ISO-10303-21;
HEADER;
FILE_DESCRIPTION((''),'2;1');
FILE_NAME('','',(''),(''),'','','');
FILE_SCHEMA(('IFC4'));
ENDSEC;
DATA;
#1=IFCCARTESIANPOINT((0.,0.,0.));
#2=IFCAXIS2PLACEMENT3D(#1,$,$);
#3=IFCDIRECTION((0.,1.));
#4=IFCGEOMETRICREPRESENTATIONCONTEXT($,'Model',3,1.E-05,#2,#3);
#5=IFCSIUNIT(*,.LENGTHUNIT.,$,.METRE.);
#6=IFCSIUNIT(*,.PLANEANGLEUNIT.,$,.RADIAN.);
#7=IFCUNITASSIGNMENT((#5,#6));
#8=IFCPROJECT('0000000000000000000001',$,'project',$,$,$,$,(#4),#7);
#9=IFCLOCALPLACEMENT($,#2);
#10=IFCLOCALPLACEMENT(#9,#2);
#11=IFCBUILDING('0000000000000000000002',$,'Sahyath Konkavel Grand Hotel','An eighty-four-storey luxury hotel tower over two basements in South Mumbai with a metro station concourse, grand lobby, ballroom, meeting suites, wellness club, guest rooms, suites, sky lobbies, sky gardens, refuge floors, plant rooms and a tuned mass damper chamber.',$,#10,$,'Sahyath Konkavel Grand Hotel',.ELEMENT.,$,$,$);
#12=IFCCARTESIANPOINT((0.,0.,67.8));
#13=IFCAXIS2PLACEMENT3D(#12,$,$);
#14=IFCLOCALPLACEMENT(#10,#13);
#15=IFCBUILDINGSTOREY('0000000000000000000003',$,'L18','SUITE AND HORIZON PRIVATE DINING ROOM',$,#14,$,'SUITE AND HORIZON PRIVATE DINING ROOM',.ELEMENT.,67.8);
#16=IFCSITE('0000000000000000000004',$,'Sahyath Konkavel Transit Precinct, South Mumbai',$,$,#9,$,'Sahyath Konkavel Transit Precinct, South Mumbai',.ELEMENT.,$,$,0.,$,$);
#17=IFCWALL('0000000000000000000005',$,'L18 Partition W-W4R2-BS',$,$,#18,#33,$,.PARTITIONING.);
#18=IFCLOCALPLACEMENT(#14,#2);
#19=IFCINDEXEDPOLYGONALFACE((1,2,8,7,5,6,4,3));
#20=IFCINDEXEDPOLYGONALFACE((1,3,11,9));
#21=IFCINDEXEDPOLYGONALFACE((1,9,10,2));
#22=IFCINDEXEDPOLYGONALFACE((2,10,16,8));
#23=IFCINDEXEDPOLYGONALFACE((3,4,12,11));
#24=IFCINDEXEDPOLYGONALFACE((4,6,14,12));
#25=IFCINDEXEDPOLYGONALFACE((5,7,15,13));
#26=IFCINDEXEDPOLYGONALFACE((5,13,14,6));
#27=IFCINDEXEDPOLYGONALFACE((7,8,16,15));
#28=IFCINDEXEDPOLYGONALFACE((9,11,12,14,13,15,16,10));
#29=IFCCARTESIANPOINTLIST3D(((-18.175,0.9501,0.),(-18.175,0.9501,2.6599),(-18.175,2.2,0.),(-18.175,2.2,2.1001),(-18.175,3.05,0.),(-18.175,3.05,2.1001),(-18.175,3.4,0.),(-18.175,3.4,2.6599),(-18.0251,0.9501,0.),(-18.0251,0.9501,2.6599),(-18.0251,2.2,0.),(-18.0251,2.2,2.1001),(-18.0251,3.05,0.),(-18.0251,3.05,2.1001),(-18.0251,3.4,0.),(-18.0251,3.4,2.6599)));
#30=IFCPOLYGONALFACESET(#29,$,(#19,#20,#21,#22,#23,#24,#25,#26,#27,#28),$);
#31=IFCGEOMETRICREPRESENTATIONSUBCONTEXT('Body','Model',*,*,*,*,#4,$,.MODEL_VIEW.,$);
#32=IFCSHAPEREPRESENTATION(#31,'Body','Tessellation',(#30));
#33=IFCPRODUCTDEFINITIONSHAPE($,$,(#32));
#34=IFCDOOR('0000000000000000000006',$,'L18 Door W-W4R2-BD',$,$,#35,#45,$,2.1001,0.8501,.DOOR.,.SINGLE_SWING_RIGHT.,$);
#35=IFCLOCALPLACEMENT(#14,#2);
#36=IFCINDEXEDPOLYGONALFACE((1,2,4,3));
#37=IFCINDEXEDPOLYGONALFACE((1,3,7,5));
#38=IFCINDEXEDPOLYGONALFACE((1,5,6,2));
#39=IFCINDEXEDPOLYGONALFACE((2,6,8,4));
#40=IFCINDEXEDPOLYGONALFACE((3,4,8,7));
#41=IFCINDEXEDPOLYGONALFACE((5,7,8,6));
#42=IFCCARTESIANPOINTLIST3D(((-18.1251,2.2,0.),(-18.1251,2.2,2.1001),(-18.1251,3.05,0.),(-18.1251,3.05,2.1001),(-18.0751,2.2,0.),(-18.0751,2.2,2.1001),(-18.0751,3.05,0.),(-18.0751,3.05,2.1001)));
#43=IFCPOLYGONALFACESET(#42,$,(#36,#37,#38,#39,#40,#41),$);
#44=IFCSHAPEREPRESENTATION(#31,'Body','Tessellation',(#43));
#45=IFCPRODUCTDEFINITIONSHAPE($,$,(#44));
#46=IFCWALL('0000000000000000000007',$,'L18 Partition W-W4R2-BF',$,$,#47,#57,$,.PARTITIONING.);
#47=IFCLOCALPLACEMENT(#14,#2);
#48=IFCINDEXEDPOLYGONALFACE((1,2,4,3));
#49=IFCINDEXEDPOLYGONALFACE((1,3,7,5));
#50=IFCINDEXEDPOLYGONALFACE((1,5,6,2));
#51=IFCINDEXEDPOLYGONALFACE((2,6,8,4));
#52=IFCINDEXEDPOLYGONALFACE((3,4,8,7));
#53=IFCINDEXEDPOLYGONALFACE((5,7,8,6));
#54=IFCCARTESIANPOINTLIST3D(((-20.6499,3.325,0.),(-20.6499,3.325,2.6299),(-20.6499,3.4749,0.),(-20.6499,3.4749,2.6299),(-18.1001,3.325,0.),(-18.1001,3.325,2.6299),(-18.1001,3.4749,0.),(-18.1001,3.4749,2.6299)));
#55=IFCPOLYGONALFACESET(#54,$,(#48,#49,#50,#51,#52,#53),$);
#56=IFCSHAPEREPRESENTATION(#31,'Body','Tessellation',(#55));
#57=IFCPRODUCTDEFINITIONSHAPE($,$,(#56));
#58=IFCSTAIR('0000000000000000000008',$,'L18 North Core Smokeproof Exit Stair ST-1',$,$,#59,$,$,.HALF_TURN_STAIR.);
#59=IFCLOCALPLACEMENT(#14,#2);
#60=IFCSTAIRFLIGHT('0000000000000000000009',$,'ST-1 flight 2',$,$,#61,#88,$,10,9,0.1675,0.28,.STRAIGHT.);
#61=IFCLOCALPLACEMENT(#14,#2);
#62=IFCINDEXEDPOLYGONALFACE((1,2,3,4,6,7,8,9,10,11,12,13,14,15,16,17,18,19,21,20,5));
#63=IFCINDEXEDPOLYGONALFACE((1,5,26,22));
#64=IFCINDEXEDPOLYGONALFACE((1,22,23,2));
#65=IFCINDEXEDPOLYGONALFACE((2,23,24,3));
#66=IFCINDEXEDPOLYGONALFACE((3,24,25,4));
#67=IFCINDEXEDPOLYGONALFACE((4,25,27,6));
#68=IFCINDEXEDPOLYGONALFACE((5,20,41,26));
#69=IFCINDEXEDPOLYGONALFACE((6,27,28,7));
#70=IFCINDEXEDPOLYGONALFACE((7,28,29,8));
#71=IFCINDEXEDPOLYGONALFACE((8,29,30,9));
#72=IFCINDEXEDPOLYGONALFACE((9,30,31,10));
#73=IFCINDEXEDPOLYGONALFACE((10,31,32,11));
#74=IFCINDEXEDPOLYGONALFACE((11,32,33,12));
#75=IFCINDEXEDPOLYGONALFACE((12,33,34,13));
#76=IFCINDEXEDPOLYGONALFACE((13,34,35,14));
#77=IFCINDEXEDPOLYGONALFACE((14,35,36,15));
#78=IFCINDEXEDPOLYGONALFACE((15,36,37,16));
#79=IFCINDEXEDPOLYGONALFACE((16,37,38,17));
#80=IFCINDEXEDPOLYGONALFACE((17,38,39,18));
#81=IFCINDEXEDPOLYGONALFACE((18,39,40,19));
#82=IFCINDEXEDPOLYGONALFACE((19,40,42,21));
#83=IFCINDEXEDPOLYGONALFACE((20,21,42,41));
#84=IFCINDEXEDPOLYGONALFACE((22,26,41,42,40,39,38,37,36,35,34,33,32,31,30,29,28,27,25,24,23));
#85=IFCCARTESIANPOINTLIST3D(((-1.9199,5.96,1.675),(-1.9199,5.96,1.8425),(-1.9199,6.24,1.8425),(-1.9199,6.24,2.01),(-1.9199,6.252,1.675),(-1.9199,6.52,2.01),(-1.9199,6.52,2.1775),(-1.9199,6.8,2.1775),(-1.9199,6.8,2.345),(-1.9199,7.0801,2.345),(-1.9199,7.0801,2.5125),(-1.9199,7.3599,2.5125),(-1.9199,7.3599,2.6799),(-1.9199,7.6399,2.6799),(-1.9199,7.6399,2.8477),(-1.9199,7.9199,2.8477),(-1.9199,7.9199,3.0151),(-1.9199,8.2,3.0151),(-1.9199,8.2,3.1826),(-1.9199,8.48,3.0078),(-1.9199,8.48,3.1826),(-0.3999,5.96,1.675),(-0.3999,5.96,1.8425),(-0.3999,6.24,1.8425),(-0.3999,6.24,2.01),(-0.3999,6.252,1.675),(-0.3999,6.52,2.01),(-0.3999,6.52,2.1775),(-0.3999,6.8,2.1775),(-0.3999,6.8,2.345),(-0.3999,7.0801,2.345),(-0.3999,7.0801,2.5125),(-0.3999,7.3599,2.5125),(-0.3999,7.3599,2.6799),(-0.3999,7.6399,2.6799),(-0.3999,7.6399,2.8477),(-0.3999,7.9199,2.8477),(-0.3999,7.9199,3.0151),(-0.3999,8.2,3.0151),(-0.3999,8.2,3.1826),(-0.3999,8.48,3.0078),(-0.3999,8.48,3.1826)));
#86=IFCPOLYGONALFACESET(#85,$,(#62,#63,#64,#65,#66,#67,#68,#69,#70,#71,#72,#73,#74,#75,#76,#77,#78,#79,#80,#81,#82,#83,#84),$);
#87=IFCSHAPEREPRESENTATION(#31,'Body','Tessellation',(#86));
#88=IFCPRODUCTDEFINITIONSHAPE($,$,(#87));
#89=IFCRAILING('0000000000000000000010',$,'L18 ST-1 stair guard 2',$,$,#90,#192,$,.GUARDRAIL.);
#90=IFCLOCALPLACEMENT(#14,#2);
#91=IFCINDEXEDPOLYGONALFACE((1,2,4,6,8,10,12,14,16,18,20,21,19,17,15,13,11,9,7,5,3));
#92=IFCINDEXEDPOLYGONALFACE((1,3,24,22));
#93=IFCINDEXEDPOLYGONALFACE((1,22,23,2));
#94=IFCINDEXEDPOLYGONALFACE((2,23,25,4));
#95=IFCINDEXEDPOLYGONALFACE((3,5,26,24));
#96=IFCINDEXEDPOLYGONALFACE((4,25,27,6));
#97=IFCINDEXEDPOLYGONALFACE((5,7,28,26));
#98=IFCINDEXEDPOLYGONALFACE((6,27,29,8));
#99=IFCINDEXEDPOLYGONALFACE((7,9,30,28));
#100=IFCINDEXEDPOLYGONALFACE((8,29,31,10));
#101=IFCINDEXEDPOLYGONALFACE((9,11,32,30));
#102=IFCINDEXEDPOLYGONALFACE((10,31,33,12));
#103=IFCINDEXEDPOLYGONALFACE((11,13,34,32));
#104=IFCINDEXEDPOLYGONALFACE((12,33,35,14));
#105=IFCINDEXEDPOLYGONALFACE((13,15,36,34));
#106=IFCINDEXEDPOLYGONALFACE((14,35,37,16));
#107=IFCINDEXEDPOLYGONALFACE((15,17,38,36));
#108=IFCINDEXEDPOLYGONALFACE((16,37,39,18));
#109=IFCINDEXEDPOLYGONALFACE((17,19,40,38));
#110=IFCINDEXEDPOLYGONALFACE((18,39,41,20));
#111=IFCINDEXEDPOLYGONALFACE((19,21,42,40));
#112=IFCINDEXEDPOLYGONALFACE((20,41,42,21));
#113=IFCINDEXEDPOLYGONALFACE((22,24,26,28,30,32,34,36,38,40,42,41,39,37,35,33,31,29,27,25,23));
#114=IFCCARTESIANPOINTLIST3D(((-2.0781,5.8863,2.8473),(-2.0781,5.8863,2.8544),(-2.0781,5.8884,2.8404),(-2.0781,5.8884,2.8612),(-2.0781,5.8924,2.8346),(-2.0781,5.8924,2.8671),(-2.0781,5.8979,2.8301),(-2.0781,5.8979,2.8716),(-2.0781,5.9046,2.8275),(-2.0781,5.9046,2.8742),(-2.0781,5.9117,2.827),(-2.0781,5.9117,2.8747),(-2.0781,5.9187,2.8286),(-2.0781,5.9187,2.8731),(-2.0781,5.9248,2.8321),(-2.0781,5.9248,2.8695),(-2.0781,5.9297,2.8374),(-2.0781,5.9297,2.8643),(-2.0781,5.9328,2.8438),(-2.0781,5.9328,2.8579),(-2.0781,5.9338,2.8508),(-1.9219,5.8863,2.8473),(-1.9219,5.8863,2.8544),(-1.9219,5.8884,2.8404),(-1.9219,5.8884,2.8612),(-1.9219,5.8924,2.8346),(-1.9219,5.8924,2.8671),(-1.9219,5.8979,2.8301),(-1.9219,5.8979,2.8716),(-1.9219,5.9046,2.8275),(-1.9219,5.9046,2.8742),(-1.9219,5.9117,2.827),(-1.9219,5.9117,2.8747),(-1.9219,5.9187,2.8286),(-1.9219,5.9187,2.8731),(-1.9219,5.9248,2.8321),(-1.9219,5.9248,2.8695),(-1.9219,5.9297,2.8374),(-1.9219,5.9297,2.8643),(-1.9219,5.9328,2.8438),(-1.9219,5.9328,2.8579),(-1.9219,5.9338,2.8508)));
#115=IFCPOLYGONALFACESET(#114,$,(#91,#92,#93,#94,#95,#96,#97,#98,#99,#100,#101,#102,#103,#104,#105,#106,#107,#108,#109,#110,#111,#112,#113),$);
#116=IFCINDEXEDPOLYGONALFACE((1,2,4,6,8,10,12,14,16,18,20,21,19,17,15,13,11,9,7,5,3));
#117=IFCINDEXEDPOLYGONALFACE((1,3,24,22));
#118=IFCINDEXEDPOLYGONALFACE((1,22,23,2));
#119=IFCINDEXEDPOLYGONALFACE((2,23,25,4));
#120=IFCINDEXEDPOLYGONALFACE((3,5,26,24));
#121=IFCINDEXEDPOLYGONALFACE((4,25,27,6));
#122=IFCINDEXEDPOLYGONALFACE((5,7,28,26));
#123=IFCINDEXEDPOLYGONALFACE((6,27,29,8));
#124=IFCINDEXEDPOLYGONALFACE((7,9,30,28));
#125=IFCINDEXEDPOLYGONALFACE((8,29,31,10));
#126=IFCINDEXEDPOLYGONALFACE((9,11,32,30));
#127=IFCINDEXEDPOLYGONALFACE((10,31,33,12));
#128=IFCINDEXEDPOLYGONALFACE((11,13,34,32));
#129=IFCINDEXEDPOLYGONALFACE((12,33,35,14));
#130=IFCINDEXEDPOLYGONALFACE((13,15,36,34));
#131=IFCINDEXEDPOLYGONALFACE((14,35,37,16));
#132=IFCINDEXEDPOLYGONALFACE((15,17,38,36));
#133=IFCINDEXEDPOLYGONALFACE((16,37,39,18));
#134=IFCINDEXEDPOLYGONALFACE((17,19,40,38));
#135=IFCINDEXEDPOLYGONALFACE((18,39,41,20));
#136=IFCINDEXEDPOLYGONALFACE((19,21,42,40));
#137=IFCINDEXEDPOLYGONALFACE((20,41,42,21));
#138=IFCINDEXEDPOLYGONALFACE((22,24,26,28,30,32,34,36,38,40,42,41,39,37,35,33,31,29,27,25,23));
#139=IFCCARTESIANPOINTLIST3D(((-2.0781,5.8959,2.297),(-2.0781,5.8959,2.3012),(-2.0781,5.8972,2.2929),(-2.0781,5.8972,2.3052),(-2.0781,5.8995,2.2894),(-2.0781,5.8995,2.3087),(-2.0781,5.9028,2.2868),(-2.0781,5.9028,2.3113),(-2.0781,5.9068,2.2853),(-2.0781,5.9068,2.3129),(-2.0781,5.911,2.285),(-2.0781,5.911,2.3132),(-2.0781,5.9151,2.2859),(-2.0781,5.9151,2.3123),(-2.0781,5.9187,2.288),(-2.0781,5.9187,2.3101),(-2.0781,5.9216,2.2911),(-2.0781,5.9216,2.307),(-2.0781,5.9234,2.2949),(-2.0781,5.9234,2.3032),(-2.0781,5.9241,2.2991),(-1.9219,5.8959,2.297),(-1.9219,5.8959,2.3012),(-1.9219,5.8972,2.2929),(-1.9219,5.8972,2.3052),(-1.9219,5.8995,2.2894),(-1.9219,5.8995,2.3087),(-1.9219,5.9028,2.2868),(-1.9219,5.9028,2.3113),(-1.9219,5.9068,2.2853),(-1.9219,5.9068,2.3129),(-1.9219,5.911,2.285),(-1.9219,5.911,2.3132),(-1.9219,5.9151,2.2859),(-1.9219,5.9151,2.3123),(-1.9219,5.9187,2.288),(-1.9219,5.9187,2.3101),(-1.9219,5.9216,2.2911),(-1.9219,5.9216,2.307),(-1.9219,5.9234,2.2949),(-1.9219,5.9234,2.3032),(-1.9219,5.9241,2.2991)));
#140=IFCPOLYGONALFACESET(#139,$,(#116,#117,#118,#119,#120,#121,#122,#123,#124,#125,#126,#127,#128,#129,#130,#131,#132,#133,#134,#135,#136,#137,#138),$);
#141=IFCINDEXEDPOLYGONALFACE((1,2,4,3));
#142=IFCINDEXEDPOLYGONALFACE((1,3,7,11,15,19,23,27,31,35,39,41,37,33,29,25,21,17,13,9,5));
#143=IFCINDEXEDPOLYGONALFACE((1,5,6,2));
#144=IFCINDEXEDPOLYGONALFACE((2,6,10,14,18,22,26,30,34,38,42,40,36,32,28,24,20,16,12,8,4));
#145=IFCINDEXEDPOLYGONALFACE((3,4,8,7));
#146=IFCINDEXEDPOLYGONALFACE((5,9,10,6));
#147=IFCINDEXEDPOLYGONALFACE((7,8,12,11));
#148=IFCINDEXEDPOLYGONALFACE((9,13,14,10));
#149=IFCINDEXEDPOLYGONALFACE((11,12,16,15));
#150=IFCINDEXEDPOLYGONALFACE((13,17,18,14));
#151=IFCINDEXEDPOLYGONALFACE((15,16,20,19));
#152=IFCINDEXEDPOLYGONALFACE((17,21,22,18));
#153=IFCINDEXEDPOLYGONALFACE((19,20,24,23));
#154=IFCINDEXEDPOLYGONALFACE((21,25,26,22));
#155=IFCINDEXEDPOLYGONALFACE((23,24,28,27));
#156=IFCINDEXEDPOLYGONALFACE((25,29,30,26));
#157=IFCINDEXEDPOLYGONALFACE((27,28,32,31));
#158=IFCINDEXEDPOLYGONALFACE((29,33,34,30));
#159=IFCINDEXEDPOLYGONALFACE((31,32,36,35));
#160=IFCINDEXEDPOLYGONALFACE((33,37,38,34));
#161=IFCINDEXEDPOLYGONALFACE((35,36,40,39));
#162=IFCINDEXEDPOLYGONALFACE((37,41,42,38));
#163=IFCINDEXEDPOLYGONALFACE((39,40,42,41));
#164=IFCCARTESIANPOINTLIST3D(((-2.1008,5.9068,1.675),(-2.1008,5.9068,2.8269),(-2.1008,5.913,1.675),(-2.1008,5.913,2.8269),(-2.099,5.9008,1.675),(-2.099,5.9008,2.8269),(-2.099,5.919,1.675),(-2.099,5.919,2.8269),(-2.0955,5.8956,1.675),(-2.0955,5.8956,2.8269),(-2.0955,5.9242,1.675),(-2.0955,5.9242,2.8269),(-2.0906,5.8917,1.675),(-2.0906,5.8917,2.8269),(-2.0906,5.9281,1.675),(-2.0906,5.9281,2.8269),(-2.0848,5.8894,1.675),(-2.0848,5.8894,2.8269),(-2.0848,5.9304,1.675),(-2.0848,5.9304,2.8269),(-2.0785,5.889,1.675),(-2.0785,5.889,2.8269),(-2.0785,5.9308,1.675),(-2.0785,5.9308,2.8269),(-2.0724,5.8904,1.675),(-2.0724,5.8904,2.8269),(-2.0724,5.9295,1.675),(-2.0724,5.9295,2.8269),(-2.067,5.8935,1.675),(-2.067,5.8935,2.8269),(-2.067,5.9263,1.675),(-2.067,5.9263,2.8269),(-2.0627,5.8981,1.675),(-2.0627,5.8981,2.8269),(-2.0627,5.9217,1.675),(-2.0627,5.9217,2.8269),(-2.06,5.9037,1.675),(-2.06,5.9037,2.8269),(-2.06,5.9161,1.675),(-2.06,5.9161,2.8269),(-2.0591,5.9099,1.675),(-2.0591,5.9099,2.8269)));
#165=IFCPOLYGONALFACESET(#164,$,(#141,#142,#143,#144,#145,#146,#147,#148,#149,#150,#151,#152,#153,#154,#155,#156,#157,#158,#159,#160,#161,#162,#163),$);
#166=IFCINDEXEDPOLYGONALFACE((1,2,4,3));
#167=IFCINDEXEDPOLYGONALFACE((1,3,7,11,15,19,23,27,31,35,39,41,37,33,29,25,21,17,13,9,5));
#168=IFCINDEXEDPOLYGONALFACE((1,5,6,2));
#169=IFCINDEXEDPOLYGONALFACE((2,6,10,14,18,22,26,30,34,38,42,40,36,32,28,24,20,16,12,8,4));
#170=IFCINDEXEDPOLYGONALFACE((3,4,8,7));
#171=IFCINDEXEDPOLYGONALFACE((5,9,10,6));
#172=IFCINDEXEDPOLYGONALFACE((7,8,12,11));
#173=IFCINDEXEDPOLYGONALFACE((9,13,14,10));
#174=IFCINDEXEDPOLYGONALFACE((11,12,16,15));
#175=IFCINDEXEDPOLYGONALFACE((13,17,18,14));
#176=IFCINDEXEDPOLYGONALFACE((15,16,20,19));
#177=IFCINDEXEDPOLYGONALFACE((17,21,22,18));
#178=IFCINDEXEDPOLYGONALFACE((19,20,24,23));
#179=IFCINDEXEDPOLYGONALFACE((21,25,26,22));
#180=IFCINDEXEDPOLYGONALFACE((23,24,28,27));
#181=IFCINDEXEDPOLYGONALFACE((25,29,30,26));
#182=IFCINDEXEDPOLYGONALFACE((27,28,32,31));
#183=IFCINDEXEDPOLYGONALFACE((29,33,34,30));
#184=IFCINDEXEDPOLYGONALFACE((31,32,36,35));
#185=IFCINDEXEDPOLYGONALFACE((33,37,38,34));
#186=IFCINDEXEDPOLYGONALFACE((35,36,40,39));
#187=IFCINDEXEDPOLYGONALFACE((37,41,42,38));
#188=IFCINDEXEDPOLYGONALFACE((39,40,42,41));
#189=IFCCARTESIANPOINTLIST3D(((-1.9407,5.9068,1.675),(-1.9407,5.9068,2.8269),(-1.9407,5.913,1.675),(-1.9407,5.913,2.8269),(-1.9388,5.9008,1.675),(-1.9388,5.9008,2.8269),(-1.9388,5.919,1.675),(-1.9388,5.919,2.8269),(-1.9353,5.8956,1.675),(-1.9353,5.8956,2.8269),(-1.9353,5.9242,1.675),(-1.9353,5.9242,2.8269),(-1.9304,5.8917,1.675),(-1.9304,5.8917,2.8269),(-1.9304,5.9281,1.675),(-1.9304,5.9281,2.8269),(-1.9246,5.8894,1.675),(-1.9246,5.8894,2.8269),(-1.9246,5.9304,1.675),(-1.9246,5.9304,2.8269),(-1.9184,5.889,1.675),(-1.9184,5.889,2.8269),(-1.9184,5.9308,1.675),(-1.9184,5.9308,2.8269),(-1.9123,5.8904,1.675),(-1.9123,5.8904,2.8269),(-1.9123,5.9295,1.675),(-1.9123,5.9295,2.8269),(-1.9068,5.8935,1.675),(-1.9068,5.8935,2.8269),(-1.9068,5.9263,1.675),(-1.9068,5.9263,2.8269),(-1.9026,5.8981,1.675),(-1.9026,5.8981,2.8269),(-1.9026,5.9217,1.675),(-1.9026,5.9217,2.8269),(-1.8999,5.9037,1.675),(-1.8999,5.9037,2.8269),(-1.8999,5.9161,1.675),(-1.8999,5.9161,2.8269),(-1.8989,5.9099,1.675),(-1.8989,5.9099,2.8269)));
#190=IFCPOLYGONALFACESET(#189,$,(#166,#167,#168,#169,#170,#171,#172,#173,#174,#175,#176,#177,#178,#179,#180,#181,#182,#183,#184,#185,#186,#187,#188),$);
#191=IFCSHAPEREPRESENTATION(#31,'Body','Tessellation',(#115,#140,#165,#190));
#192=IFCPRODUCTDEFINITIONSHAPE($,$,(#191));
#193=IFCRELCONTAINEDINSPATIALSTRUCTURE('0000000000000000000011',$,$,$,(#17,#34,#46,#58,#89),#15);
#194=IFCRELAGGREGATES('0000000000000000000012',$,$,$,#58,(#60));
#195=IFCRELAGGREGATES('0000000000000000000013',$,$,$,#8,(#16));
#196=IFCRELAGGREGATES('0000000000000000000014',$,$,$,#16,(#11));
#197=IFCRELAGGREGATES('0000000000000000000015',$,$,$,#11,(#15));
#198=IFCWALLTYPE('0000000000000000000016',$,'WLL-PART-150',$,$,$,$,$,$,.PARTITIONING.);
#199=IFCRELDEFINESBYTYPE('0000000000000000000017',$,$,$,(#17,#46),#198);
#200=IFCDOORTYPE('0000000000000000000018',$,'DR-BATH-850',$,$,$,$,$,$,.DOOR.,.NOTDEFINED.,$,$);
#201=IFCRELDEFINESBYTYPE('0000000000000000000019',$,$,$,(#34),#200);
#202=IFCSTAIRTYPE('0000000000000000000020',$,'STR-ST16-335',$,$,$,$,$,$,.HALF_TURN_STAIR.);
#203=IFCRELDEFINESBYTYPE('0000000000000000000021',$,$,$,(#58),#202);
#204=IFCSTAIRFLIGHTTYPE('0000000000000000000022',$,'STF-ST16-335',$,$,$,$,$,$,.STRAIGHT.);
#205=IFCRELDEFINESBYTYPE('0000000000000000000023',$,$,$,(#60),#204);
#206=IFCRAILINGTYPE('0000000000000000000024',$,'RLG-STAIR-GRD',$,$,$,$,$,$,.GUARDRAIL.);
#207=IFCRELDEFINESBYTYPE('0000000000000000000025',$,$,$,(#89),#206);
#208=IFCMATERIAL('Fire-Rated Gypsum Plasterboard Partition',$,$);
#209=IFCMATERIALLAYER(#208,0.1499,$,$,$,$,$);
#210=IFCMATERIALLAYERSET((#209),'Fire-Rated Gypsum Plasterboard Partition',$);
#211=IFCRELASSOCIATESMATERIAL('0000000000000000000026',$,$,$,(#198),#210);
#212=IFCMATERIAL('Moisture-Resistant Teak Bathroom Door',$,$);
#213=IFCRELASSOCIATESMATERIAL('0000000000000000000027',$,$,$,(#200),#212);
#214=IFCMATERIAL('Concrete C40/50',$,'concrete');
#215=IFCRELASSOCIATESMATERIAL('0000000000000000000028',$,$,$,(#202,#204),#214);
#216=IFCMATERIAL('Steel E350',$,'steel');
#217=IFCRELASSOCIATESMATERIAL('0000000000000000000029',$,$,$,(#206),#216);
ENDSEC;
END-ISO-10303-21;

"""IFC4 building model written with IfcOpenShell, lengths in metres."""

from ifc_helpers import new_model, si_unit, direction, frame, frame_2d, origin, origin_2d, place, context, subcontext, project, spatial, polyline, rectangle, circle, outline, extrude, source, transform, mapped, material, layer, layer_set, type_object, element, fill, aggregate, save


model = new_model("IFC4")

# Units and contexts
model_context = context("Model", 3, precision=1e-05, world=origin(), true_north=direction((0.0, 1.0)))
body_context = subcontext(model_context, "Body", "Model", "MODEL_VIEW")
ifc_project = project(units=[si_unit("LENGTHUNIT", "METRE"), si_unit("PLANEANGLEUNIT", "RADIAN")], contexts=[model_context])

# Site, building, storey
site_placement = place(None, origin())
site = spatial("IfcSite", under=ifc_project, at=site_placement, Name="Sahyath Konkavel Transit Precinct, South Mumbai", LongName="Sahyath Konkavel Transit Precinct, South Mumbai", CompositionType="ELEMENT", RefElevation=0.0)
building_placement = place(site_placement, origin())
building = spatial("IfcBuilding", under=site, at=building_placement, Name="Sahyath Konkavel Grand Hotel", Description="An eighty-four-storey luxury hotel tower over two basements in South Mumbai with a metro station concourse, grand lobby, ballroom, meeting suites, wellness club, guest rooms, suites, sky lobbies, sky gardens, refuge floors, plant rooms and a tuned mass damper chamber.", LongName="Sahyath Konkavel Grand Hotel", CompositionType="ELEMENT")
storey_placement = place(building_placement, frame((0.0, 0.0, 67.8)))
storey = spatial("IfcBuildingStorey", under=building, at=storey_placement, Name="L18", Description="SUITE AND HORIZON PRIVATE DINING ROOM", LongName="SUITE AND HORIZON PRIVATE DINING ROOM", CompositionType="ELEMENT", Elevation=67.8)

# Shared definitions
ifc_material_1 = material(Name="Steel E350", Category="steel")

# Shared definitions
ifc_material_2 = material(Name="Concrete C40/50", Category="concrete")

# Shared definitions
ifc_material_3 = material(Name="Fire-Rated Gypsum Plasterboard Partition")
ifc_layer_1 = layer(ifc_material_3, 0.1499)
ifc_layer_set_1 = layer_set([ifc_layer_1], Name="Fire-Rated Gypsum Plasterboard Partition")
wall_type_1 = type_object("IfcWallType", Name="WLL-PART-150", PredefinedType="PARTITIONING", material=ifc_layer_set_1)
shared_shape_1 = source(origin(), body_context, "Body", "SweptSolid", [
    extrude(rectangle(XDim=0.8501, YDim=0.05, at=origin_2d()), origin(), (0.0, 0.0, 1.0), 2.1001),
])

# Wall, opening, door
wall_1_placement = place(storey_placement, frame((-18.1001, 0.95, 0.0), z_axis=(0.0, 0.0, 1.0), x_axis=(0.0, 1.0, 0.0)))
wall_1 = element("IfcWall", 1, at=wall_1_placement, inside=storey, type_object=wall_type_1, Name="L18 Partition W-W4R2-BS", PredefinedType="PARTITIONING", context=body_context, shape_type="SweptSolid", body=[
    extrude(rectangle(XDim=2.45, YDim=0.1499, at=frame_2d((1.2251, 0.0))), origin(), (0.0, 0.0, 1.0), 2.6599),
])
opening_1_placement = place(wall_1_placement, frame((1.25, 0.0, 0.0)))
opening_1 = element("IfcOpeningElement", 2, at=opening_1_placement, cuts=wall_1, PredefinedType="OPENING", context=body_context, shape_type="SweptSolid", body=[
    extrude(rectangle(XDim=0.8501, YDim=2.1001, at=frame_2d((0.425, 1.05))), frame((0.0, 0.085, 0.0), z_axis=(0.0, -1.0, 0.0), x_axis=(1.0, 0.0, 0.0)), (0.0, 0.0, 1.0), 0.1699),
])
ifc_material_4 = material(Name="Moisture-Resistant Teak Bathroom Door")
door_type_1 = type_object("IfcDoorType", Name="DR-BATH-850", OperationType="NOTDEFINED", PredefinedType="DOOR", material=ifc_material_4)
door_1_placement = place(opening_1_placement, frame((0.425, 0.0, 0.0)))
door_1 = element("IfcDoor", 3, at=door_1_placement, inside=storey, type_object=door_type_1, Name="L18 Door W-W4R2-BD", OperationType="SINGLE_SWING_RIGHT", OverallHeight=2.1001, OverallWidth=0.8501, PredefinedType="DOOR", context=body_context, shape_type="MappedRepresentation", body=[
    mapped(shared_shape_1, transform((0.0, 0.0, 0.0), scale=1.0)),
])
fill(opening_1, door_1)

# Wall
wall_2_placement = place(storey_placement, frame((-18.1001, 3.3999, 0.0), z_axis=(0.0, 0.0, 1.0), x_axis=(-1.0, 0.0, 0.0)))
element("IfcWall", 4, at=wall_2_placement, inside=storey, type_object=wall_type_1, Name="L18 Partition W-W4R2-BF", PredefinedType="PARTITIONING", context=body_context, shape_type="SweptSolid", body=[
    extrude(rectangle(XDim=2.5498, YDim=0.1499, at=frame_2d((1.2749, 0.0))), origin(), (0.0, 0.0, 1.0), 2.6299),
])

# Stair, stair flight
stair_type = type_object("IfcStairType", Name="STR-ST16-335", PredefinedType="HALF_TURN_STAIR", material=ifc_material_2)
stair_placement = place(storey_placement, origin())
stair = element("IfcStair", 5, at=stair_placement, inside=storey, type_object=stair_type, Name="L18 North Core Smokeproof Exit Stair ST-1", PredefinedType="HALF_TURN_STAIR")
stair_flight_type = type_object("IfcStairFlightType", Name="STF-ST16-335", PredefinedType="STRAIGHT", material=ifc_material_2)
stair_flight_placement = place(storey_placement, frame((-1.1599, 5.96, 1.675), z_axis=(0.0, 0.0, 1.0), x_axis=(0.0, 1.0, 0.0)))
stair_flight = element("IfcStairFlight", 6, at=stair_flight_placement, type_object=stair_flight_type, Name="ST-1 flight 2", NumberOfRisers=10, NumberOfTreads=9, PredefinedType="STRAIGHT", RiserHeight=0.1675, TreadLength=0.28, context=body_context, shape_type="SweptSolid", body=[
    extrude(outline(polyline([(0.0, 0.0), (0.0, 0.1675), (0.28, 0.1675), (0.28, 0.335), (0.5601, 0.335), (0.5601, 0.5024), (0.8401, 0.5024), (0.8401, 0.6699), (1.1201, 0.6699), (1.1201, 0.8374), (1.3999, 0.8374), (1.3999, 1.0049), (1.6799, 1.0049), (1.6799, 1.1726), (1.96, 1.1726), (1.96, 1.3401), (2.24, 1.3401), (2.24, 1.5076), (2.52, 1.5076), (2.52, 1.675), (2.52, 1.3328), (0.292, 0.0), (0.0, 0.0)])), frame((0.0, 0.76, 0.0), z_axis=(0.0, -1.0, 0.0), x_axis=(1.0, 0.0, 0.0)), (0.0, 0.0, 1.0), 1.52),
])
aggregate(stair, [stair_flight])

# Railing
railing_type = type_object("IfcRailingType", Name="RLG-STAIR-GRD", PredefinedType="GUARDRAIL", material=ifc_material_1)
railing_1_placement = place(storey_placement, frame((-2.0801, 5.9099, 1.675)))
element("IfcRailing", 7, at=railing_1_placement, inside=storey, type_object=railing_type, Name="L18 ST-1 stair guard 2", PredefinedType="GUARDRAIL", context=body_context, shape_type="SweptSolid", body=[
    extrude(circle(Radius=0.0239, at=origin_2d()), frame((0.002, 0.0, 1.1758), z_axis=(1.0, 0.0, 0.0), x_axis=(0.0, 1.0, 0.0)), (0.0, 0.0, 1.0), 0.1562),
    extrude(circle(Radius=0.0142, at=origin_2d()), frame((0.002, 0.0, 0.624), z_axis=(1.0, 0.0, 0.0), x_axis=(0.0, 1.0, 0.0)), (0.0, 0.0, 1.0), 0.1562),
    extrude(circle(Radius=0.021, at=origin_2d()), origin(), (0.0, 0.0, 1.0), 1.1519),
    extrude(circle(Radius=0.021, at=origin_2d()), frame((0.1602, 0.0, 0.0)), (0.0, 0.0, 1.0), 1.1519),
])

save(model, "model.ifc")
